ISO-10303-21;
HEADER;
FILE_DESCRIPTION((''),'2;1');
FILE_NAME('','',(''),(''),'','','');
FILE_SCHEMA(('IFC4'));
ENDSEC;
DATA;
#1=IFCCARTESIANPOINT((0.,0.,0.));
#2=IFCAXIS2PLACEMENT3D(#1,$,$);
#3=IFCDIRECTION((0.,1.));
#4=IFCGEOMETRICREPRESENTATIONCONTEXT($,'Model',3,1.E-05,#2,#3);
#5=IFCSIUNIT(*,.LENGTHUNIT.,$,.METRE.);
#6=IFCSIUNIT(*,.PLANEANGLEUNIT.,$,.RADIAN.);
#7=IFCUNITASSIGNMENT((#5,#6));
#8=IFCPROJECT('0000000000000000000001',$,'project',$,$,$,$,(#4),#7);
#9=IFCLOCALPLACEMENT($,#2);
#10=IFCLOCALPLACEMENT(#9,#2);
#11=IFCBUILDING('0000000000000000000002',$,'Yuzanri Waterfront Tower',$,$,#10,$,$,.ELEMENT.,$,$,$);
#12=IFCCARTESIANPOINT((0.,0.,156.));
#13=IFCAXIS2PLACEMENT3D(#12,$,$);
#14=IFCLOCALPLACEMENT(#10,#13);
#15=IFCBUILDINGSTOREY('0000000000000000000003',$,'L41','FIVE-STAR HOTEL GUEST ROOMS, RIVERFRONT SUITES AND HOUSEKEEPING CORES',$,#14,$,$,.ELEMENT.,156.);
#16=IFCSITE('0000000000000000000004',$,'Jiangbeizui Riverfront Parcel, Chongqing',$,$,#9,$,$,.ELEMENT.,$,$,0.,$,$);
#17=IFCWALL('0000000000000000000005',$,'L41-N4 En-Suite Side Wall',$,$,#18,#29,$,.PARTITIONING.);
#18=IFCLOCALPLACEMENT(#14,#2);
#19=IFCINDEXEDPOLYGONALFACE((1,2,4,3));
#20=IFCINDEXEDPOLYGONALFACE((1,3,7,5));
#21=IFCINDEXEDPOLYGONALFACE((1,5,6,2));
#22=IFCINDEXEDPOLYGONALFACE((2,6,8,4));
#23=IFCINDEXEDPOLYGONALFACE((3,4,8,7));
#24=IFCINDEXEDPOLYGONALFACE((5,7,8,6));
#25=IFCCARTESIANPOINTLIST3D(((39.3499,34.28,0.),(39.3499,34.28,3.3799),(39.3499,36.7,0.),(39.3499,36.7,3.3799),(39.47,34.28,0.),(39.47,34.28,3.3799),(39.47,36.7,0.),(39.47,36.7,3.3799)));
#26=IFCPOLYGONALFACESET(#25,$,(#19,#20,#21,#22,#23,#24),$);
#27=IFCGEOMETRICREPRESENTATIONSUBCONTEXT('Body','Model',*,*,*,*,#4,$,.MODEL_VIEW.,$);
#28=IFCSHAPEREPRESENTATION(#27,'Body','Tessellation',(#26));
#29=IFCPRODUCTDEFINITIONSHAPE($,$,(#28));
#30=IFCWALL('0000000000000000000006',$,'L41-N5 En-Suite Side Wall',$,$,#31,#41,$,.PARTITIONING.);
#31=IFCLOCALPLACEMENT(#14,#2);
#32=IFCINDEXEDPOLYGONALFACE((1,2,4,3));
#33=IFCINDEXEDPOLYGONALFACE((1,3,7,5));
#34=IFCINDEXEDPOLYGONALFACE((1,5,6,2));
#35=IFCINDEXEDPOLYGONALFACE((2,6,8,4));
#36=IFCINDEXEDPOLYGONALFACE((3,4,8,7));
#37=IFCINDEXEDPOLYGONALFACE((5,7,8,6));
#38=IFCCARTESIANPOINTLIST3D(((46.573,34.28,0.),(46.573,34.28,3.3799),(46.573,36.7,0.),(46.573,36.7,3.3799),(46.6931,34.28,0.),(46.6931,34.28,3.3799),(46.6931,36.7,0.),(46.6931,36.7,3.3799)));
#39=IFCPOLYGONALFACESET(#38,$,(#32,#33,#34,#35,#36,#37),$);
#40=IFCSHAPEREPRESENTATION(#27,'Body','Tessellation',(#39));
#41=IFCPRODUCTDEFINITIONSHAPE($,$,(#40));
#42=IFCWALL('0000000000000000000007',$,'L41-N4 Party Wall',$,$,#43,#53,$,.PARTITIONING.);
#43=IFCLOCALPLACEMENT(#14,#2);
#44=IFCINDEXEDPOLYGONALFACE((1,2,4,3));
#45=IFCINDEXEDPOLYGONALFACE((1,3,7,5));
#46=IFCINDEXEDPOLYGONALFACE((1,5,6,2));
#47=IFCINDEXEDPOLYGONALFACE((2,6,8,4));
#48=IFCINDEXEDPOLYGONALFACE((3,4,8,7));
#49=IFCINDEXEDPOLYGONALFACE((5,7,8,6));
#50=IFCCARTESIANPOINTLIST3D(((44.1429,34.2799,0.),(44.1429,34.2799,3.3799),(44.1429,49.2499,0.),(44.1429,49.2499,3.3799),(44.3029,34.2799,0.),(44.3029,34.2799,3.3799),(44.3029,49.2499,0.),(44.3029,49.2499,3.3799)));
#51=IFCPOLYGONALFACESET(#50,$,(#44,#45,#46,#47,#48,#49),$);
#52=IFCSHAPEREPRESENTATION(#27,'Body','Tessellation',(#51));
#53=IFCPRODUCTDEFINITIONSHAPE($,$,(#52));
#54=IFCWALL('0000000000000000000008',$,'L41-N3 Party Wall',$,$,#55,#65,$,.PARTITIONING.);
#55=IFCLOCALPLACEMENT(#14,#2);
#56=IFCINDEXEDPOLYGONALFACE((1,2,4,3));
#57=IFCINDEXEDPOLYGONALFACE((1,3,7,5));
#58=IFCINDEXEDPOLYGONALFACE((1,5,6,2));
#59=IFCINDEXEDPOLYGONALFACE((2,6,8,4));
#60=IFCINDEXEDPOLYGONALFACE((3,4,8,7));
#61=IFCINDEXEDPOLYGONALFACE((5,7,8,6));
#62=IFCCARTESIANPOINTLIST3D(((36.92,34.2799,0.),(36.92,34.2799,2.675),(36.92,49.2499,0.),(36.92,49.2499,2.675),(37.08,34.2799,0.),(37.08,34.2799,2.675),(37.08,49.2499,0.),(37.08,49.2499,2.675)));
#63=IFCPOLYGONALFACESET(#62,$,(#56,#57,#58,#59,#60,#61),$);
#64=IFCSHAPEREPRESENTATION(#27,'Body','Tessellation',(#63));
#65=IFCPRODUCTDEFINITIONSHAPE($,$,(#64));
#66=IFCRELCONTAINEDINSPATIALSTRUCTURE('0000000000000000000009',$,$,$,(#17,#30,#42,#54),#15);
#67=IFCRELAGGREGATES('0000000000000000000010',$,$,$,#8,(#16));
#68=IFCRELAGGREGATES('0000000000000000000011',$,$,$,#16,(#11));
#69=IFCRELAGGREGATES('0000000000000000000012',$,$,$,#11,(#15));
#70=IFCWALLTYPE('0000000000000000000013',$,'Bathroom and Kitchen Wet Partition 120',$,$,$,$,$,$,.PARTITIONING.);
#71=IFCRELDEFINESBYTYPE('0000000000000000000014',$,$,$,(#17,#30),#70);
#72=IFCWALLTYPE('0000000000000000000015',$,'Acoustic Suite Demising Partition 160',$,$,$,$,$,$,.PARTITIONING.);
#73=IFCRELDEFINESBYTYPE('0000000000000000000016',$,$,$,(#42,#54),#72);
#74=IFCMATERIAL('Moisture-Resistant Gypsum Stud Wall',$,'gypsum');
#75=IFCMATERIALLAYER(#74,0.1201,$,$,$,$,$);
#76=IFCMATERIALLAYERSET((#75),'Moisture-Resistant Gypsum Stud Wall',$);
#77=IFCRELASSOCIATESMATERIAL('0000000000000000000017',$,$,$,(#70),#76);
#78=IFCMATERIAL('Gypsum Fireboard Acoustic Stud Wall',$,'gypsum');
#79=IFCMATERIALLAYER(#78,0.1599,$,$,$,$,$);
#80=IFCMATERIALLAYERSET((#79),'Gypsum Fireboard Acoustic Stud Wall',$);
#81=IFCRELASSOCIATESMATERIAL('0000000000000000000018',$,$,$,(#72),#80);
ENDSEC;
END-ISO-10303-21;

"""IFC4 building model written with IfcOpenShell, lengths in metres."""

from ifc_helpers import new_model, si_unit, direction, frame, frame_2d, origin, place, context, subcontext, project, spatial, rectangle, extrude, source, transform, mapped, material, layer, layer_set, type_object, element, save


model = new_model("IFC4")

# Units and contexts
model_context = context("Model", 3, precision=1e-05, world=origin(), true_north=direction((0.0, 1.0)))
body_context = subcontext(model_context, "Body", "Model", "MODEL_VIEW")
ifc_project = project(units=[si_unit("LENGTHUNIT", "METRE"), si_unit("PLANEANGLEUNIT", "RADIAN")], contexts=[model_context])

# Site, building, storey
site_placement = place(None, origin())
site = spatial("IfcSite", under=ifc_project, at=site_placement, Name="Jiangbeizui Riverfront Parcel, Chongqing", CompositionType="ELEMENT", RefElevation=0.0)
building_placement = place(site_placement, origin())
building = spatial("IfcBuilding", under=site, at=building_placement, Name="Yuzanri Waterfront Tower", CompositionType="ELEMENT")
storey_placement = place(building_placement, frame((0.0, 0.0, 156.0)))
storey = spatial("IfcBuildingStorey", under=building, at=storey_placement, Name="L41", Description="FIVE-STAR HOTEL GUEST ROOMS, RIVERFRONT SUITES AND HOUSEKEEPING CORES", CompositionType="ELEMENT", Elevation=156.0)

# Shared definitions
ifc_material_1 = material(Name="Moisture-Resistant Gypsum Stud Wall", Category="gypsum")
ifc_layer_1 = layer(ifc_material_1, 0.1201)
ifc_layer_set_1 = layer_set([ifc_layer_1], Name="Moisture-Resistant Gypsum Stud Wall")
wall_type_1 = type_object("IfcWallType", Name="Bathroom and Kitchen Wet Partition 120", PredefinedType="PARTITIONING", material=ifc_layer_set_1)

# Walls
shared_shape_1 = source(origin(), body_context, "Body", "SweptSolid", [
    extrude(rectangle(XDim=2.4199, YDim=0.1201, at=frame_2d((1.21, 0.0))), origin(), (0.0, 0.0, 1.0), 3.3799),
])
for number, where, z_axis, x_axis, name in (
    (1, (39.4099, 34.28, 0.0), (0.0, 0.0, 1.0), (0.0, 1.0, 0.0), "L41-N4 En-Suite Side Wall"),
    (2, (46.6331, 34.28, 0.0), (0.0, 0.0, 1.0), (0.0, 1.0, 0.0), "L41-N5 En-Suite Side Wall"),
):
    element("IfcWall", number, at=place(storey_placement, frame(where, z_axis=z_axis, x_axis=x_axis)), inside=storey, type_object=wall_type_1, Name=name, PredefinedType="PARTITIONING", context=body_context, shape_type="MappedRepresentation", body=[
        mapped(shared_shape_1, transform((0.0, 0.0, 0.0), scale=1.0)),
    ])
ifc_material_2 = material(Name="Gypsum Fireboard Acoustic Stud Wall", Category="gypsum")
ifc_layer_2 = layer(ifc_material_2, 0.1599)
ifc_layer_set_2 = layer_set([ifc_layer_2], Name="Gypsum Fireboard Acoustic Stud Wall")
wall_type_2 = type_object("IfcWallType", Name="Acoustic Suite Demising Partition 160", PredefinedType="PARTITIONING", material=ifc_layer_set_2)
shared_shape_2 = source(origin(), body_context, "Body", "SweptSolid", [
    extrude(rectangle(XDim=14.97, YDim=0.1599, at=frame_2d((7.4849, 0.0))), origin(), (0.0, 0.0, 1.0), 3.3799),
])
wall_1_placement = place(storey_placement, frame((44.2229, 34.28, 0.0), z_axis=(0.0, 0.0, 1.0), x_axis=(0.0, 1.0, 0.0)))
element("IfcWall", 3, at=wall_1_placement, inside=storey, type_object=wall_type_2, Name="L41-N4 Party Wall", PredefinedType="PARTITIONING", context=body_context, shape_type="MappedRepresentation", body=[
    mapped(shared_shape_2, transform((0.0, 0.0, 0.0), scale=1.0)),
])
shared_shape_3 = source(origin(), body_context, "Body", "SweptSolid", [
    extrude(rectangle(XDim=14.97, YDim=0.1599, at=frame_2d((7.4849, 0.0))), origin(), (0.0, 0.0, 1.0), 2.675),
])
wall_2_placement = place(storey_placement, frame((37.0, 34.28, 0.0), z_axis=(0.0, 0.0, 1.0), x_axis=(0.0, 1.0, 0.0)))
element("IfcWall", 4, at=wall_2_placement, inside=storey, type_object=wall_type_2, Name="L41-N3 Party Wall", PredefinedType="PARTITIONING", context=body_context, shape_type="MappedRepresentation", body=[
    mapped(shared_shape_3, transform((0.0, 0.0, 0.0), scale=1.0)),
])

save(model, "model.ifc")
